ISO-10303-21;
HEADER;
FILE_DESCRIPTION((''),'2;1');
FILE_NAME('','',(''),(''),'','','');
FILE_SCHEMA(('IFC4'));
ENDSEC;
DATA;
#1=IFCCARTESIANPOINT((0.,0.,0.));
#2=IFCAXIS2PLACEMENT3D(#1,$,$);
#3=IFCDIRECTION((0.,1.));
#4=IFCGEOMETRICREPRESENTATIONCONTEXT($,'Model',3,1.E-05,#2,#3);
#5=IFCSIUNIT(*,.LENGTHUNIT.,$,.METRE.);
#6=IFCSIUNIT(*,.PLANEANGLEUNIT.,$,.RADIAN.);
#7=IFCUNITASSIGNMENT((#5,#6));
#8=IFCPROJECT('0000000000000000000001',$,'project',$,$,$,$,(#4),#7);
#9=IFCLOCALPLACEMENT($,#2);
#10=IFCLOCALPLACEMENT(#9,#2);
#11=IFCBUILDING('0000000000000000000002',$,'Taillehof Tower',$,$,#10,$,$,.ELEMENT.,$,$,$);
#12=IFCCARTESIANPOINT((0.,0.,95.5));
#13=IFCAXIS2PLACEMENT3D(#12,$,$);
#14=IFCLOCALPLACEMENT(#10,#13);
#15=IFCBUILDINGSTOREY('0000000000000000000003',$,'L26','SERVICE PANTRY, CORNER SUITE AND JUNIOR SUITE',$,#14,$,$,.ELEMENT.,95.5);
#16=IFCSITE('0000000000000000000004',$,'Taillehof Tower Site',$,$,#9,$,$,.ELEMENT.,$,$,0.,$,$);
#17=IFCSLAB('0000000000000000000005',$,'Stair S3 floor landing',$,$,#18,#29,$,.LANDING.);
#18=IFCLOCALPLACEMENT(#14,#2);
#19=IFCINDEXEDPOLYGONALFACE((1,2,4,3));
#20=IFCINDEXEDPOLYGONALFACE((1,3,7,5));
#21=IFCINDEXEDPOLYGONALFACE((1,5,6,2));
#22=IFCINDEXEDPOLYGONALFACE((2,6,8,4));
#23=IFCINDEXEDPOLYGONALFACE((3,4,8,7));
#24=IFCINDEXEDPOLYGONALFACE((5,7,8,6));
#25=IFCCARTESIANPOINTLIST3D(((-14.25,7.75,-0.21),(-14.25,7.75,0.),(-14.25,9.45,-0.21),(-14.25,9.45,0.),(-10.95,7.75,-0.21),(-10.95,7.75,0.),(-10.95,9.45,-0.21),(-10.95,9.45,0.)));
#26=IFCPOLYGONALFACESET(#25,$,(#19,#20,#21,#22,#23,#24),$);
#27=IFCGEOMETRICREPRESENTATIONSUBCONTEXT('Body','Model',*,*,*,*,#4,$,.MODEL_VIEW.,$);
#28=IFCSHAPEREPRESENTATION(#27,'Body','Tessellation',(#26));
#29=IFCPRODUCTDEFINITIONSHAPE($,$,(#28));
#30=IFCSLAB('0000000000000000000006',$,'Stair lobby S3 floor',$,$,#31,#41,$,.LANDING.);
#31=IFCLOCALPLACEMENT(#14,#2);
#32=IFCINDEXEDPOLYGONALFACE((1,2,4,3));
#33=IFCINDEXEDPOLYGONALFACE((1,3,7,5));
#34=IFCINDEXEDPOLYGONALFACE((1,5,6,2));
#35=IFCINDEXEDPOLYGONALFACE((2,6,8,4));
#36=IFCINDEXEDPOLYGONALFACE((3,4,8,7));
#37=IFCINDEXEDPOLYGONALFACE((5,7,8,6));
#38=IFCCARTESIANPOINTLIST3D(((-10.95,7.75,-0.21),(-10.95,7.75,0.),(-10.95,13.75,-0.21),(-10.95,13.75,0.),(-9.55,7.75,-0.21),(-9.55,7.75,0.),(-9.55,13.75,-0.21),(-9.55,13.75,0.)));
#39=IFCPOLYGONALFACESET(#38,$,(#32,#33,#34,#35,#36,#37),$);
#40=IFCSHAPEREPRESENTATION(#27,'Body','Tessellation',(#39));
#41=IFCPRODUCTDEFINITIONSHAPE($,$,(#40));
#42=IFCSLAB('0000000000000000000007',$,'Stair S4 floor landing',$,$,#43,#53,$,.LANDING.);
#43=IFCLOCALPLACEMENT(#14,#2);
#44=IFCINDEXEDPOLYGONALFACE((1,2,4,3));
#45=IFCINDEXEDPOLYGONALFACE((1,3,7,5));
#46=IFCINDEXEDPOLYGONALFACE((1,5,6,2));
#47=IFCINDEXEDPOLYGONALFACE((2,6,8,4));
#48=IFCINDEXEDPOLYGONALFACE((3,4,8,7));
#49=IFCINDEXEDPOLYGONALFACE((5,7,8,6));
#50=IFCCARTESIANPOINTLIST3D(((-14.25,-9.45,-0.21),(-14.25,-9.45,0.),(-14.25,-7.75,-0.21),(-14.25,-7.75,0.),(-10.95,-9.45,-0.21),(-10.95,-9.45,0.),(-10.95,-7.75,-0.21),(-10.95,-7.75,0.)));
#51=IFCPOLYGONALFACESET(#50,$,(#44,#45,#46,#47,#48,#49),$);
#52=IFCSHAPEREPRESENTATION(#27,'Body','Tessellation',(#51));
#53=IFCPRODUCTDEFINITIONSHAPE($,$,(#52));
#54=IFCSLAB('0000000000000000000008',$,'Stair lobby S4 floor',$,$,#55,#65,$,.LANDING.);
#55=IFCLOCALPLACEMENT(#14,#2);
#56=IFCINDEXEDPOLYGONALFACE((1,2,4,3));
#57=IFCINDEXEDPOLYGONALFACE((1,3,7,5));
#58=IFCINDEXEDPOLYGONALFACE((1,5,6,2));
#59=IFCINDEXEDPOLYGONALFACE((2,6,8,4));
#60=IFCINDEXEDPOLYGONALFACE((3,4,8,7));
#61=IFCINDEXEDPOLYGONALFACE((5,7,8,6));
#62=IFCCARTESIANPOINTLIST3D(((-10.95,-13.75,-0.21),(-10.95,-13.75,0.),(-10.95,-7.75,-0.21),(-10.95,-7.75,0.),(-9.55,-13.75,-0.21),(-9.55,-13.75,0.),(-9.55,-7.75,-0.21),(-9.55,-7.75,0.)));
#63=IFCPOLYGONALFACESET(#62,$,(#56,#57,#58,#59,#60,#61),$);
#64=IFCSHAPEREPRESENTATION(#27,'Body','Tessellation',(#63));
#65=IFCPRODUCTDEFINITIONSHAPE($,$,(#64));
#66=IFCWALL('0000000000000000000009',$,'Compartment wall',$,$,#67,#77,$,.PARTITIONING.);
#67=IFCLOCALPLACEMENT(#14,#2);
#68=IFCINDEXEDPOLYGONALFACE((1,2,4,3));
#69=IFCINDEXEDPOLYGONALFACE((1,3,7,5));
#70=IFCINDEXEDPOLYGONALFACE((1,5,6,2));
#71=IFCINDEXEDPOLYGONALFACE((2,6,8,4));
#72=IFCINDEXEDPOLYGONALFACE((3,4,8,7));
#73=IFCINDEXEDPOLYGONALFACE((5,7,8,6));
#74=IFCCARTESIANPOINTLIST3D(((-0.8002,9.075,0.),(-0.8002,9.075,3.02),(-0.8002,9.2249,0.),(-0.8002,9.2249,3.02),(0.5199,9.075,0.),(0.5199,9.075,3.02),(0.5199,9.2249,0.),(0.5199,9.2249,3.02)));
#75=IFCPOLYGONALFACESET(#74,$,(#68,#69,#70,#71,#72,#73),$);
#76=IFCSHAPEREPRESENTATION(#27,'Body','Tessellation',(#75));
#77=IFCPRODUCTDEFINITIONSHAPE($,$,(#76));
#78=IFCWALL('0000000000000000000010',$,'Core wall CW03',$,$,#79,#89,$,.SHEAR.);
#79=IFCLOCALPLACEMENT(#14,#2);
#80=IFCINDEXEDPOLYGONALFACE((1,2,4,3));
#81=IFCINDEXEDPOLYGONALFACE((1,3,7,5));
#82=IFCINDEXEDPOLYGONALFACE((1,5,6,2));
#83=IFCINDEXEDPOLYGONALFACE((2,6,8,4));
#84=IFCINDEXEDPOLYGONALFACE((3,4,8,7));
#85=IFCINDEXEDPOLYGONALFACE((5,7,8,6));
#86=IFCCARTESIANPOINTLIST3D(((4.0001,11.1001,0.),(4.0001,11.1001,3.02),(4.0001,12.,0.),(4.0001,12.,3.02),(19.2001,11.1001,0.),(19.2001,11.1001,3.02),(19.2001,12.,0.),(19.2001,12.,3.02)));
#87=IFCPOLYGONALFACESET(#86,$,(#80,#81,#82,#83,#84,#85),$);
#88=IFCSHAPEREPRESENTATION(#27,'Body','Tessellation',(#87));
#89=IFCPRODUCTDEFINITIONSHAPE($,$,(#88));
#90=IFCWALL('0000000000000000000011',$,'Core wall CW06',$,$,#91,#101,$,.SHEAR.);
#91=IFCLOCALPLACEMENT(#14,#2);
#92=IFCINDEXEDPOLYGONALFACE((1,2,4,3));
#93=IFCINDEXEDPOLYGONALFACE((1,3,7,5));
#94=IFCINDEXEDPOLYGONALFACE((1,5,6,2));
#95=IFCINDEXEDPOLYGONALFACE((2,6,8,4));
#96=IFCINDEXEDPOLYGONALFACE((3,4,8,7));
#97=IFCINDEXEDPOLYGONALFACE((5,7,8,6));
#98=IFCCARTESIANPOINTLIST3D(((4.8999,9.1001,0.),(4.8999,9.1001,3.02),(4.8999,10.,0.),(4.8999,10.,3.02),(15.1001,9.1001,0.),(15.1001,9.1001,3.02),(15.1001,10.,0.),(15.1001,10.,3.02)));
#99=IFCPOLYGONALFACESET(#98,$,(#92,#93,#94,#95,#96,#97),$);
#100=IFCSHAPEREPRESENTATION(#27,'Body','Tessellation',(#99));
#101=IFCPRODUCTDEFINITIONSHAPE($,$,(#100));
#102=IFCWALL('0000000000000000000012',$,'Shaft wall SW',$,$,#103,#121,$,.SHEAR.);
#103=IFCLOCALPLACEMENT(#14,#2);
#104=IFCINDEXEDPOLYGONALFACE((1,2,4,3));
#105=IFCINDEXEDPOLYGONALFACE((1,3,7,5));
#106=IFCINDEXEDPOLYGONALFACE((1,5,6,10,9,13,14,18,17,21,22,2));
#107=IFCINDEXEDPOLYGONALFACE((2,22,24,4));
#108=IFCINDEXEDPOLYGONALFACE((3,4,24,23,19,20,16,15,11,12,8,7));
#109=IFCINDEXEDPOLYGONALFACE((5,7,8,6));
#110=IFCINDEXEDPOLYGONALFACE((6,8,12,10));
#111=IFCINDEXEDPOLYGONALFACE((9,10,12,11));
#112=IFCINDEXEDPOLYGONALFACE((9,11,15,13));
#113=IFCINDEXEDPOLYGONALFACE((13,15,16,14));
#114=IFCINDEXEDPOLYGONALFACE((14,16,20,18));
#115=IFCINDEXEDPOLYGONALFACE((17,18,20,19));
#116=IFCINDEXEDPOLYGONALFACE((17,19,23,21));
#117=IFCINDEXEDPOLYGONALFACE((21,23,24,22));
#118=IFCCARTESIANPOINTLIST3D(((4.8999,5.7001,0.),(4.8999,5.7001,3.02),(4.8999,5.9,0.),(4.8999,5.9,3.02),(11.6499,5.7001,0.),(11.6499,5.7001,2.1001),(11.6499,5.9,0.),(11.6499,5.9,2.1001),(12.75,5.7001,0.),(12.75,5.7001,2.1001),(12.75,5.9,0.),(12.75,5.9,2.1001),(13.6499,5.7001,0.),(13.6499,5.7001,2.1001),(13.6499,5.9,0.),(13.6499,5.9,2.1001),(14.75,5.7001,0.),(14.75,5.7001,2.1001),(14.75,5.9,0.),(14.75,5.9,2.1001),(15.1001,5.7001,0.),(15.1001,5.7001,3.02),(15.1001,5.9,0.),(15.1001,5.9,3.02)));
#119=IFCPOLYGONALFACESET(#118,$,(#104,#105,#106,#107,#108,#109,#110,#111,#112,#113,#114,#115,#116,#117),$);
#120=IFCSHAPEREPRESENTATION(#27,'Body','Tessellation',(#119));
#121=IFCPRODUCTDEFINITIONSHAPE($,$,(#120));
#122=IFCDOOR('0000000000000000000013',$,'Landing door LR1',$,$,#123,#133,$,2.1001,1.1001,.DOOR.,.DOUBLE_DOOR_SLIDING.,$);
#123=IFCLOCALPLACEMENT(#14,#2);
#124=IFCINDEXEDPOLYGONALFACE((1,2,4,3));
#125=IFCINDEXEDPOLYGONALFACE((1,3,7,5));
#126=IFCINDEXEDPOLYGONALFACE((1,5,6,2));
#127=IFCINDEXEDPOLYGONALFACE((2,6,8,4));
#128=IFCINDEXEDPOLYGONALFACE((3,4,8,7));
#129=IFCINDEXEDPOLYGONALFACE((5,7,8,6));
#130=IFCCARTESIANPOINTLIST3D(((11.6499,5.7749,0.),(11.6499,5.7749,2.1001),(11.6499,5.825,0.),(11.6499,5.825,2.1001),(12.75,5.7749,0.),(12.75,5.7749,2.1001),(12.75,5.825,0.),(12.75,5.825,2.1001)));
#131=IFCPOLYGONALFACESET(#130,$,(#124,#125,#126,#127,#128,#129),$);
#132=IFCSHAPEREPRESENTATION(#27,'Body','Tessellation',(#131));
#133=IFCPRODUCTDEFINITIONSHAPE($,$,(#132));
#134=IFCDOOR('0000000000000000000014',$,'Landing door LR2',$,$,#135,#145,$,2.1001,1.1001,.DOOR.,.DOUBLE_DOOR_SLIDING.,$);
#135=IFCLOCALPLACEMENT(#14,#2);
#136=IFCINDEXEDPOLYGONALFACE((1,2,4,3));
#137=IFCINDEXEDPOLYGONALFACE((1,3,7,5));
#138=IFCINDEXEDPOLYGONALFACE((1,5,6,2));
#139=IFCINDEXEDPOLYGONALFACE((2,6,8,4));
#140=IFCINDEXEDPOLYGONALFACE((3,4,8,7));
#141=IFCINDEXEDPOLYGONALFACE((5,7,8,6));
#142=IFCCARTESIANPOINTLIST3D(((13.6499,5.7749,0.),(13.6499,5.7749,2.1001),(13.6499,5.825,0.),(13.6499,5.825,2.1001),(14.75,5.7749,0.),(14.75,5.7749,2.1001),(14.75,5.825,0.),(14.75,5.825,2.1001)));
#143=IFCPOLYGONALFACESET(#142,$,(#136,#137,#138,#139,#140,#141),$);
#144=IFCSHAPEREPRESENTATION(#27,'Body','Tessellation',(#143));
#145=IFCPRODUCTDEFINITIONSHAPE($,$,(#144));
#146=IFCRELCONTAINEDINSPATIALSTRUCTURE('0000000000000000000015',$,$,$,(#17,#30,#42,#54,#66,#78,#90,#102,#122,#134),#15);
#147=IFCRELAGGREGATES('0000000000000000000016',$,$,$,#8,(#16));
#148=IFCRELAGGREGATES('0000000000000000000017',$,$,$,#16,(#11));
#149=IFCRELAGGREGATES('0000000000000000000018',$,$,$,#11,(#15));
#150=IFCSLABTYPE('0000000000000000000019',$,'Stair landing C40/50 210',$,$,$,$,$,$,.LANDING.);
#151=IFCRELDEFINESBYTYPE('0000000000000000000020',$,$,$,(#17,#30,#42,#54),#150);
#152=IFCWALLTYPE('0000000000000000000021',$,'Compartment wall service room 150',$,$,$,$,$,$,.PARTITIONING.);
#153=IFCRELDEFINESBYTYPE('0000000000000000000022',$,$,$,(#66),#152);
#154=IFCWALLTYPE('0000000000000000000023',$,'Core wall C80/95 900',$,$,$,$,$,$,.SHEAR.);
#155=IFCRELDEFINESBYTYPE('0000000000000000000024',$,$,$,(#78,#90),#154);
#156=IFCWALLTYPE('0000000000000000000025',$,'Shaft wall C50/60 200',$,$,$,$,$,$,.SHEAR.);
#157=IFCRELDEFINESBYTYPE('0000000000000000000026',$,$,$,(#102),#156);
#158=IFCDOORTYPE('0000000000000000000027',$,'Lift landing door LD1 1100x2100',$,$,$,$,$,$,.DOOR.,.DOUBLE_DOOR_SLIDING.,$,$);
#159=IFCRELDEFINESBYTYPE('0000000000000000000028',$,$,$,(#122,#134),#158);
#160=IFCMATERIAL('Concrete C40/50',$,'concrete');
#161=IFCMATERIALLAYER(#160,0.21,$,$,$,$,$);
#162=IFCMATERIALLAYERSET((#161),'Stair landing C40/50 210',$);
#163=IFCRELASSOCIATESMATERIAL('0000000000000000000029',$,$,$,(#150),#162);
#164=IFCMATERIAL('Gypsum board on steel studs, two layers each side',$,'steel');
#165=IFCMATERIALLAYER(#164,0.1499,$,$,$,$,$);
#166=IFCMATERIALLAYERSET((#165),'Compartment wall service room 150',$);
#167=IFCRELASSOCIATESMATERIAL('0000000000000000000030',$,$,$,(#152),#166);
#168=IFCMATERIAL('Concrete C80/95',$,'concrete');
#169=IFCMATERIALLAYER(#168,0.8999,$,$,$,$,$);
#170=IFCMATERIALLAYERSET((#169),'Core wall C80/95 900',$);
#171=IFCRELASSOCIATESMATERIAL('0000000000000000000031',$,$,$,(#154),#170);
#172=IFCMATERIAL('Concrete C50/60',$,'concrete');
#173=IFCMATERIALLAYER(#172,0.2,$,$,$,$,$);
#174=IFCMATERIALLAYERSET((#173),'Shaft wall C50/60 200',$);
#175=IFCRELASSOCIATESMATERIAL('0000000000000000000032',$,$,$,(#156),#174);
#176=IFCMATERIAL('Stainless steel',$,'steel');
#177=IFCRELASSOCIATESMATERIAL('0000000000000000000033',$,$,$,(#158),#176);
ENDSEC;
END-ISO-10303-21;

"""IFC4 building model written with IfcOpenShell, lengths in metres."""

from ifc_helpers import new_model, si_unit, direction, frame, frame_2d, origin, place, context, subcontext, project, spatial, polyline, rectangle, outline, extrude, material, layer, layer_set, type_object, element, fill, save


model = new_model("IFC4")

# Units and contexts
model_context = context("Model", 3, precision=1e-05, world=origin(), true_north=direction((0.0, 1.0)))
body_context = subcontext(model_context, "Body", "Model", "MODEL_VIEW")
ifc_project = project(units=[si_unit("LENGTHUNIT", "METRE"), si_unit("PLANEANGLEUNIT", "RADIAN")], contexts=[model_context])

# Site, building, storey
site_placement = place(None, origin())
site = spatial("IfcSite", under=ifc_project, at=site_placement, Name="Taillehof Tower Site", CompositionType="ELEMENT", RefElevation=0.0)
building_placement = place(site_placement, origin())
building = spatial("IfcBuilding", under=site, at=building_placement, Name="Taillehof Tower", CompositionType="ELEMENT")
storey_placement = place(building_placement, frame((0.0, 0.0, 95.5)))
storey = spatial("IfcBuildingStorey", under=building, at=storey_placement, Name="L26", Description="SERVICE PANTRY, CORNER SUITE AND JUNIOR SUITE", CompositionType="ELEMENT", Elevation=95.5)

# Shared definitions
ifc_material_1 = material(Name="Concrete C40/50", Category="concrete")
ifc_layer_1 = layer(ifc_material_1, 0.21)
ifc_layer_set_1 = layer_set([ifc_layer_1], Name="Stair landing C40/50 210")
slab_type_1 = type_object("IfcSlabType", Name="Stair landing C40/50 210", PredefinedType="LANDING", material=ifc_layer_set_1)

# Slabs
slab_1_placement = place(storey_placement, frame((0.0, 0.0, -0.21)))
element("IfcSlab", 1, at=slab_1_placement, inside=storey, type_object=slab_type_1, Name="Stair S3 floor landing", PredefinedType="LANDING", context=body_context, shape_type="SweptSolid", body=[
    extrude(outline(polyline([(-14.25, 7.75), (-14.25, 9.45), (-10.95, 9.45), (-10.95, 7.75), (-14.25, 7.75)])), origin(), (0.0, 0.0, 1.0), 0.21),
])
slab_2_placement = place(storey_placement, frame((0.0, 0.0, -0.21)))
element("IfcSlab", 2, at=slab_2_placement, inside=storey, type_object=slab_type_1, Name="Stair lobby S3 floor", PredefinedType="LANDING", context=body_context, shape_type="SweptSolid", body=[
    extrude(outline(polyline([(-10.95, 7.75), (-9.55, 7.75), (-9.55, 13.75), (-10.95, 13.75), (-10.95, 7.75)])), origin(), (0.0, 0.0, 1.0), 0.21),
])
slab_3_placement = place(storey_placement, frame((0.0, 0.0, -0.21)))
element("IfcSlab", 3, at=slab_3_placement, inside=storey, type_object=slab_type_1, Name="Stair S4 floor landing", PredefinedType="LANDING", context=body_context, shape_type="SweptSolid", body=[
    extrude(outline(polyline([(-14.25, -7.75), (-14.25, -9.45), (-10.95, -9.45), (-10.95, -7.75), (-14.25, -7.75)])), origin(), (0.0, 0.0, 1.0), 0.21),
])
slab_4_placement = place(storey_placement, frame((0.0, 0.0, -0.21)))
element("IfcSlab", 4, at=slab_4_placement, inside=storey, type_object=slab_type_1, Name="Stair lobby S4 floor", PredefinedType="LANDING", context=body_context, shape_type="SweptSolid", body=[
    extrude(outline(polyline([(-10.95, -13.75), (-9.55, -13.75), (-9.55, -7.75), (-10.95, -7.75), (-10.95, -13.75)])), origin(), (0.0, 0.0, 1.0), 0.21),
])

# Walls
ifc_material_2 = material(Name="Gypsum board on steel studs, two layers each side", Category="steel")
ifc_layer_2 = layer(ifc_material_2, 0.1499)
ifc_layer_set_2 = layer_set([ifc_layer_2], Name="Compartment wall service room 150")
wall_type_1 = type_object("IfcWallType", Name="Compartment wall service room 150", PredefinedType="PARTITIONING", material=ifc_layer_set_2)
wall_1_placement = place(storey_placement, frame((0.52, 9.1499, 0.0), z_axis=(0.0, 0.0, 1.0), x_axis=(-1.0, 0.0, 0.0)))
element("IfcWall", 5, at=wall_1_placement, inside=storey, type_object=wall_type_1, Name="Compartment wall", PredefinedType="PARTITIONING", context=body_context, shape_type="SweptSolid", body=[
    extrude(rectangle(XDim=1.3201, YDim=0.1499, at=frame_2d((0.6602, 0.0))), origin(), (0.0, 0.0, 1.0), 3.02),
])
ifc_material_3 = material(Name="Concrete C80/95", Category="concrete")
ifc_layer_3 = layer(ifc_material_3, 0.8999)
ifc_layer_set_3 = layer_set([ifc_layer_3], Name="Core wall C80/95 900")
wall_type_2 = type_object("IfcWallType", Name="Core wall C80/95 900", PredefinedType="SHEAR", material=ifc_layer_set_3)
wall_2_placement = place(storey_placement, frame((4.0, 11.55, 0.0), z_axis=(0.0, 0.0, 1.0), x_axis=(1.0, 0.0, 0.0)))
element("IfcWall", 6, at=wall_2_placement, inside=storey, type_object=wall_type_2, Name="Core wall CW03", PredefinedType="SHEAR", context=body_context, shape_type="SweptSolid", body=[
    extrude(rectangle(XDim=15.2, YDim=0.8999, at=frame_2d((7.6001, 0.0))), origin(), (0.0, 0.0, 1.0), 3.02),
])
wall_3_placement = place(storey_placement, frame((4.8999, 9.55, 0.0), z_axis=(0.0, 0.0, 1.0), x_axis=(1.0, 0.0, 0.0)))
element("IfcWall", 7, at=wall_3_placement, inside=storey, type_object=wall_type_2, Name="Core wall CW06", PredefinedType="SHEAR", context=body_context, shape_type="SweptSolid", body=[
    extrude(rectangle(XDim=10.2002, YDim=0.8999, at=frame_2d((5.1001, 0.0))), origin(), (0.0, 0.0, 1.0), 3.02),
])

# Wall, openings, doors
ifc_material_4 = material(Name="Concrete C50/60", Category="concrete")
ifc_layer_4 = layer(ifc_material_4, 0.2)
ifc_layer_set_4 = layer_set([ifc_layer_4], Name="Shaft wall C50/60 200")
wall_type_3 = type_object("IfcWallType", Name="Shaft wall C50/60 200", PredefinedType="SHEAR", material=ifc_layer_set_4)
wall_4_placement = place(storey_placement, frame((4.8999, 5.8, 0.0), z_axis=(0.0, 0.0, 1.0), x_axis=(1.0, 0.0, 0.0)))
wall_4 = element("IfcWall", 8, at=wall_4_placement, inside=storey, type_object=wall_type_3, Name="Shaft wall SW", PredefinedType="SHEAR", context=body_context, shape_type="SweptSolid", body=[
    extrude(rectangle(XDim=10.2002, YDim=0.2, at=frame_2d((5.1001, 0.0))), origin(), (0.0, 0.0, 1.0), 3.02),
])
opening_1_placement = place(wall_4_placement, frame((6.75, 0.0, 0.0)))
opening_1 = element("IfcOpeningElement", 9, at=opening_1_placement, cuts=wall_4, PredefinedType="OPENING", context=body_context, shape_type="SweptSolid", body=[
    extrude(rectangle(XDim=1.1001, YDim=2.1001, at=frame_2d((0.55, 1.05))), frame((0.0, 0.1099, 0.0), z_axis=(0.0, -1.0, 0.0), x_axis=(1.0, 0.0, 0.0)), (0.0, 0.0, 1.0), 0.22),
])
opening_2_placement = place(wall_4_placement, frame((8.75, 0.0, 0.0)))
opening_2 = element("IfcOpeningElement", 10, at=opening_2_placement, cuts=wall_4, PredefinedType="OPENING", context=body_context, shape_type="SweptSolid", body=[
    extrude(rectangle(XDim=1.1001, YDim=2.1001, at=frame_2d((0.55, 1.05))), frame((0.0, 0.1099, 0.0), z_axis=(0.0, -1.0, 0.0), x_axis=(1.0, 0.0, 0.0)), (0.0, 0.0, 1.0), 0.22),
])
ifc_material_5 = material(Name="Stainless steel", Category="steel")
door_type_1 = type_object("IfcDoorType", Name="Lift landing door LD1 1100x2100", OperationType="DOUBLE_DOOR_SLIDING", PredefinedType="DOOR", material=ifc_material_5)
door_1_placement = place(opening_1_placement, origin())
door_1 = element("IfcDoor", 11, at=door_1_placement, inside=storey, type_object=door_type_1, Name="Landing door LR1", OperationType="DOUBLE_DOOR_SLIDING", OverallHeight=2.1001, OverallWidth=1.1001, PredefinedType="DOOR", context=body_context, shape_type="SweptSolid", body=[
    extrude(rectangle(XDim=1.1001, YDim=2.1001, at=frame_2d((0.55, 1.05))), frame((0.0, 0.0249, 0.0), z_axis=(0.0, -1.0, 0.0), x_axis=(1.0, 0.0, 0.0)), (0.0, 0.0, 1.0), 0.05),
])
fill(opening_1, door_1)
door_2_placement = place(opening_2_placement, origin())
door_2 = element("IfcDoor", 12, at=door_2_placement, inside=storey, type_object=door_type_1, Name="Landing door LR2", OperationType="DOUBLE_DOOR_SLIDING", OverallHeight=2.1001, OverallWidth=1.1001, PredefinedType="DOOR", context=body_context, shape_type="SweptSolid", body=[
    extrude(rectangle(XDim=1.1001, YDim=2.1001, at=frame_2d((0.55, 1.05))), frame((0.0, 0.0249, 0.0), z_axis=(0.0, -1.0, 0.0), x_axis=(1.0, 0.0, 0.0)), (0.0, 0.0, 1.0), 0.05),
])
fill(opening_2, door_2)

save(model, "model.ifc")
